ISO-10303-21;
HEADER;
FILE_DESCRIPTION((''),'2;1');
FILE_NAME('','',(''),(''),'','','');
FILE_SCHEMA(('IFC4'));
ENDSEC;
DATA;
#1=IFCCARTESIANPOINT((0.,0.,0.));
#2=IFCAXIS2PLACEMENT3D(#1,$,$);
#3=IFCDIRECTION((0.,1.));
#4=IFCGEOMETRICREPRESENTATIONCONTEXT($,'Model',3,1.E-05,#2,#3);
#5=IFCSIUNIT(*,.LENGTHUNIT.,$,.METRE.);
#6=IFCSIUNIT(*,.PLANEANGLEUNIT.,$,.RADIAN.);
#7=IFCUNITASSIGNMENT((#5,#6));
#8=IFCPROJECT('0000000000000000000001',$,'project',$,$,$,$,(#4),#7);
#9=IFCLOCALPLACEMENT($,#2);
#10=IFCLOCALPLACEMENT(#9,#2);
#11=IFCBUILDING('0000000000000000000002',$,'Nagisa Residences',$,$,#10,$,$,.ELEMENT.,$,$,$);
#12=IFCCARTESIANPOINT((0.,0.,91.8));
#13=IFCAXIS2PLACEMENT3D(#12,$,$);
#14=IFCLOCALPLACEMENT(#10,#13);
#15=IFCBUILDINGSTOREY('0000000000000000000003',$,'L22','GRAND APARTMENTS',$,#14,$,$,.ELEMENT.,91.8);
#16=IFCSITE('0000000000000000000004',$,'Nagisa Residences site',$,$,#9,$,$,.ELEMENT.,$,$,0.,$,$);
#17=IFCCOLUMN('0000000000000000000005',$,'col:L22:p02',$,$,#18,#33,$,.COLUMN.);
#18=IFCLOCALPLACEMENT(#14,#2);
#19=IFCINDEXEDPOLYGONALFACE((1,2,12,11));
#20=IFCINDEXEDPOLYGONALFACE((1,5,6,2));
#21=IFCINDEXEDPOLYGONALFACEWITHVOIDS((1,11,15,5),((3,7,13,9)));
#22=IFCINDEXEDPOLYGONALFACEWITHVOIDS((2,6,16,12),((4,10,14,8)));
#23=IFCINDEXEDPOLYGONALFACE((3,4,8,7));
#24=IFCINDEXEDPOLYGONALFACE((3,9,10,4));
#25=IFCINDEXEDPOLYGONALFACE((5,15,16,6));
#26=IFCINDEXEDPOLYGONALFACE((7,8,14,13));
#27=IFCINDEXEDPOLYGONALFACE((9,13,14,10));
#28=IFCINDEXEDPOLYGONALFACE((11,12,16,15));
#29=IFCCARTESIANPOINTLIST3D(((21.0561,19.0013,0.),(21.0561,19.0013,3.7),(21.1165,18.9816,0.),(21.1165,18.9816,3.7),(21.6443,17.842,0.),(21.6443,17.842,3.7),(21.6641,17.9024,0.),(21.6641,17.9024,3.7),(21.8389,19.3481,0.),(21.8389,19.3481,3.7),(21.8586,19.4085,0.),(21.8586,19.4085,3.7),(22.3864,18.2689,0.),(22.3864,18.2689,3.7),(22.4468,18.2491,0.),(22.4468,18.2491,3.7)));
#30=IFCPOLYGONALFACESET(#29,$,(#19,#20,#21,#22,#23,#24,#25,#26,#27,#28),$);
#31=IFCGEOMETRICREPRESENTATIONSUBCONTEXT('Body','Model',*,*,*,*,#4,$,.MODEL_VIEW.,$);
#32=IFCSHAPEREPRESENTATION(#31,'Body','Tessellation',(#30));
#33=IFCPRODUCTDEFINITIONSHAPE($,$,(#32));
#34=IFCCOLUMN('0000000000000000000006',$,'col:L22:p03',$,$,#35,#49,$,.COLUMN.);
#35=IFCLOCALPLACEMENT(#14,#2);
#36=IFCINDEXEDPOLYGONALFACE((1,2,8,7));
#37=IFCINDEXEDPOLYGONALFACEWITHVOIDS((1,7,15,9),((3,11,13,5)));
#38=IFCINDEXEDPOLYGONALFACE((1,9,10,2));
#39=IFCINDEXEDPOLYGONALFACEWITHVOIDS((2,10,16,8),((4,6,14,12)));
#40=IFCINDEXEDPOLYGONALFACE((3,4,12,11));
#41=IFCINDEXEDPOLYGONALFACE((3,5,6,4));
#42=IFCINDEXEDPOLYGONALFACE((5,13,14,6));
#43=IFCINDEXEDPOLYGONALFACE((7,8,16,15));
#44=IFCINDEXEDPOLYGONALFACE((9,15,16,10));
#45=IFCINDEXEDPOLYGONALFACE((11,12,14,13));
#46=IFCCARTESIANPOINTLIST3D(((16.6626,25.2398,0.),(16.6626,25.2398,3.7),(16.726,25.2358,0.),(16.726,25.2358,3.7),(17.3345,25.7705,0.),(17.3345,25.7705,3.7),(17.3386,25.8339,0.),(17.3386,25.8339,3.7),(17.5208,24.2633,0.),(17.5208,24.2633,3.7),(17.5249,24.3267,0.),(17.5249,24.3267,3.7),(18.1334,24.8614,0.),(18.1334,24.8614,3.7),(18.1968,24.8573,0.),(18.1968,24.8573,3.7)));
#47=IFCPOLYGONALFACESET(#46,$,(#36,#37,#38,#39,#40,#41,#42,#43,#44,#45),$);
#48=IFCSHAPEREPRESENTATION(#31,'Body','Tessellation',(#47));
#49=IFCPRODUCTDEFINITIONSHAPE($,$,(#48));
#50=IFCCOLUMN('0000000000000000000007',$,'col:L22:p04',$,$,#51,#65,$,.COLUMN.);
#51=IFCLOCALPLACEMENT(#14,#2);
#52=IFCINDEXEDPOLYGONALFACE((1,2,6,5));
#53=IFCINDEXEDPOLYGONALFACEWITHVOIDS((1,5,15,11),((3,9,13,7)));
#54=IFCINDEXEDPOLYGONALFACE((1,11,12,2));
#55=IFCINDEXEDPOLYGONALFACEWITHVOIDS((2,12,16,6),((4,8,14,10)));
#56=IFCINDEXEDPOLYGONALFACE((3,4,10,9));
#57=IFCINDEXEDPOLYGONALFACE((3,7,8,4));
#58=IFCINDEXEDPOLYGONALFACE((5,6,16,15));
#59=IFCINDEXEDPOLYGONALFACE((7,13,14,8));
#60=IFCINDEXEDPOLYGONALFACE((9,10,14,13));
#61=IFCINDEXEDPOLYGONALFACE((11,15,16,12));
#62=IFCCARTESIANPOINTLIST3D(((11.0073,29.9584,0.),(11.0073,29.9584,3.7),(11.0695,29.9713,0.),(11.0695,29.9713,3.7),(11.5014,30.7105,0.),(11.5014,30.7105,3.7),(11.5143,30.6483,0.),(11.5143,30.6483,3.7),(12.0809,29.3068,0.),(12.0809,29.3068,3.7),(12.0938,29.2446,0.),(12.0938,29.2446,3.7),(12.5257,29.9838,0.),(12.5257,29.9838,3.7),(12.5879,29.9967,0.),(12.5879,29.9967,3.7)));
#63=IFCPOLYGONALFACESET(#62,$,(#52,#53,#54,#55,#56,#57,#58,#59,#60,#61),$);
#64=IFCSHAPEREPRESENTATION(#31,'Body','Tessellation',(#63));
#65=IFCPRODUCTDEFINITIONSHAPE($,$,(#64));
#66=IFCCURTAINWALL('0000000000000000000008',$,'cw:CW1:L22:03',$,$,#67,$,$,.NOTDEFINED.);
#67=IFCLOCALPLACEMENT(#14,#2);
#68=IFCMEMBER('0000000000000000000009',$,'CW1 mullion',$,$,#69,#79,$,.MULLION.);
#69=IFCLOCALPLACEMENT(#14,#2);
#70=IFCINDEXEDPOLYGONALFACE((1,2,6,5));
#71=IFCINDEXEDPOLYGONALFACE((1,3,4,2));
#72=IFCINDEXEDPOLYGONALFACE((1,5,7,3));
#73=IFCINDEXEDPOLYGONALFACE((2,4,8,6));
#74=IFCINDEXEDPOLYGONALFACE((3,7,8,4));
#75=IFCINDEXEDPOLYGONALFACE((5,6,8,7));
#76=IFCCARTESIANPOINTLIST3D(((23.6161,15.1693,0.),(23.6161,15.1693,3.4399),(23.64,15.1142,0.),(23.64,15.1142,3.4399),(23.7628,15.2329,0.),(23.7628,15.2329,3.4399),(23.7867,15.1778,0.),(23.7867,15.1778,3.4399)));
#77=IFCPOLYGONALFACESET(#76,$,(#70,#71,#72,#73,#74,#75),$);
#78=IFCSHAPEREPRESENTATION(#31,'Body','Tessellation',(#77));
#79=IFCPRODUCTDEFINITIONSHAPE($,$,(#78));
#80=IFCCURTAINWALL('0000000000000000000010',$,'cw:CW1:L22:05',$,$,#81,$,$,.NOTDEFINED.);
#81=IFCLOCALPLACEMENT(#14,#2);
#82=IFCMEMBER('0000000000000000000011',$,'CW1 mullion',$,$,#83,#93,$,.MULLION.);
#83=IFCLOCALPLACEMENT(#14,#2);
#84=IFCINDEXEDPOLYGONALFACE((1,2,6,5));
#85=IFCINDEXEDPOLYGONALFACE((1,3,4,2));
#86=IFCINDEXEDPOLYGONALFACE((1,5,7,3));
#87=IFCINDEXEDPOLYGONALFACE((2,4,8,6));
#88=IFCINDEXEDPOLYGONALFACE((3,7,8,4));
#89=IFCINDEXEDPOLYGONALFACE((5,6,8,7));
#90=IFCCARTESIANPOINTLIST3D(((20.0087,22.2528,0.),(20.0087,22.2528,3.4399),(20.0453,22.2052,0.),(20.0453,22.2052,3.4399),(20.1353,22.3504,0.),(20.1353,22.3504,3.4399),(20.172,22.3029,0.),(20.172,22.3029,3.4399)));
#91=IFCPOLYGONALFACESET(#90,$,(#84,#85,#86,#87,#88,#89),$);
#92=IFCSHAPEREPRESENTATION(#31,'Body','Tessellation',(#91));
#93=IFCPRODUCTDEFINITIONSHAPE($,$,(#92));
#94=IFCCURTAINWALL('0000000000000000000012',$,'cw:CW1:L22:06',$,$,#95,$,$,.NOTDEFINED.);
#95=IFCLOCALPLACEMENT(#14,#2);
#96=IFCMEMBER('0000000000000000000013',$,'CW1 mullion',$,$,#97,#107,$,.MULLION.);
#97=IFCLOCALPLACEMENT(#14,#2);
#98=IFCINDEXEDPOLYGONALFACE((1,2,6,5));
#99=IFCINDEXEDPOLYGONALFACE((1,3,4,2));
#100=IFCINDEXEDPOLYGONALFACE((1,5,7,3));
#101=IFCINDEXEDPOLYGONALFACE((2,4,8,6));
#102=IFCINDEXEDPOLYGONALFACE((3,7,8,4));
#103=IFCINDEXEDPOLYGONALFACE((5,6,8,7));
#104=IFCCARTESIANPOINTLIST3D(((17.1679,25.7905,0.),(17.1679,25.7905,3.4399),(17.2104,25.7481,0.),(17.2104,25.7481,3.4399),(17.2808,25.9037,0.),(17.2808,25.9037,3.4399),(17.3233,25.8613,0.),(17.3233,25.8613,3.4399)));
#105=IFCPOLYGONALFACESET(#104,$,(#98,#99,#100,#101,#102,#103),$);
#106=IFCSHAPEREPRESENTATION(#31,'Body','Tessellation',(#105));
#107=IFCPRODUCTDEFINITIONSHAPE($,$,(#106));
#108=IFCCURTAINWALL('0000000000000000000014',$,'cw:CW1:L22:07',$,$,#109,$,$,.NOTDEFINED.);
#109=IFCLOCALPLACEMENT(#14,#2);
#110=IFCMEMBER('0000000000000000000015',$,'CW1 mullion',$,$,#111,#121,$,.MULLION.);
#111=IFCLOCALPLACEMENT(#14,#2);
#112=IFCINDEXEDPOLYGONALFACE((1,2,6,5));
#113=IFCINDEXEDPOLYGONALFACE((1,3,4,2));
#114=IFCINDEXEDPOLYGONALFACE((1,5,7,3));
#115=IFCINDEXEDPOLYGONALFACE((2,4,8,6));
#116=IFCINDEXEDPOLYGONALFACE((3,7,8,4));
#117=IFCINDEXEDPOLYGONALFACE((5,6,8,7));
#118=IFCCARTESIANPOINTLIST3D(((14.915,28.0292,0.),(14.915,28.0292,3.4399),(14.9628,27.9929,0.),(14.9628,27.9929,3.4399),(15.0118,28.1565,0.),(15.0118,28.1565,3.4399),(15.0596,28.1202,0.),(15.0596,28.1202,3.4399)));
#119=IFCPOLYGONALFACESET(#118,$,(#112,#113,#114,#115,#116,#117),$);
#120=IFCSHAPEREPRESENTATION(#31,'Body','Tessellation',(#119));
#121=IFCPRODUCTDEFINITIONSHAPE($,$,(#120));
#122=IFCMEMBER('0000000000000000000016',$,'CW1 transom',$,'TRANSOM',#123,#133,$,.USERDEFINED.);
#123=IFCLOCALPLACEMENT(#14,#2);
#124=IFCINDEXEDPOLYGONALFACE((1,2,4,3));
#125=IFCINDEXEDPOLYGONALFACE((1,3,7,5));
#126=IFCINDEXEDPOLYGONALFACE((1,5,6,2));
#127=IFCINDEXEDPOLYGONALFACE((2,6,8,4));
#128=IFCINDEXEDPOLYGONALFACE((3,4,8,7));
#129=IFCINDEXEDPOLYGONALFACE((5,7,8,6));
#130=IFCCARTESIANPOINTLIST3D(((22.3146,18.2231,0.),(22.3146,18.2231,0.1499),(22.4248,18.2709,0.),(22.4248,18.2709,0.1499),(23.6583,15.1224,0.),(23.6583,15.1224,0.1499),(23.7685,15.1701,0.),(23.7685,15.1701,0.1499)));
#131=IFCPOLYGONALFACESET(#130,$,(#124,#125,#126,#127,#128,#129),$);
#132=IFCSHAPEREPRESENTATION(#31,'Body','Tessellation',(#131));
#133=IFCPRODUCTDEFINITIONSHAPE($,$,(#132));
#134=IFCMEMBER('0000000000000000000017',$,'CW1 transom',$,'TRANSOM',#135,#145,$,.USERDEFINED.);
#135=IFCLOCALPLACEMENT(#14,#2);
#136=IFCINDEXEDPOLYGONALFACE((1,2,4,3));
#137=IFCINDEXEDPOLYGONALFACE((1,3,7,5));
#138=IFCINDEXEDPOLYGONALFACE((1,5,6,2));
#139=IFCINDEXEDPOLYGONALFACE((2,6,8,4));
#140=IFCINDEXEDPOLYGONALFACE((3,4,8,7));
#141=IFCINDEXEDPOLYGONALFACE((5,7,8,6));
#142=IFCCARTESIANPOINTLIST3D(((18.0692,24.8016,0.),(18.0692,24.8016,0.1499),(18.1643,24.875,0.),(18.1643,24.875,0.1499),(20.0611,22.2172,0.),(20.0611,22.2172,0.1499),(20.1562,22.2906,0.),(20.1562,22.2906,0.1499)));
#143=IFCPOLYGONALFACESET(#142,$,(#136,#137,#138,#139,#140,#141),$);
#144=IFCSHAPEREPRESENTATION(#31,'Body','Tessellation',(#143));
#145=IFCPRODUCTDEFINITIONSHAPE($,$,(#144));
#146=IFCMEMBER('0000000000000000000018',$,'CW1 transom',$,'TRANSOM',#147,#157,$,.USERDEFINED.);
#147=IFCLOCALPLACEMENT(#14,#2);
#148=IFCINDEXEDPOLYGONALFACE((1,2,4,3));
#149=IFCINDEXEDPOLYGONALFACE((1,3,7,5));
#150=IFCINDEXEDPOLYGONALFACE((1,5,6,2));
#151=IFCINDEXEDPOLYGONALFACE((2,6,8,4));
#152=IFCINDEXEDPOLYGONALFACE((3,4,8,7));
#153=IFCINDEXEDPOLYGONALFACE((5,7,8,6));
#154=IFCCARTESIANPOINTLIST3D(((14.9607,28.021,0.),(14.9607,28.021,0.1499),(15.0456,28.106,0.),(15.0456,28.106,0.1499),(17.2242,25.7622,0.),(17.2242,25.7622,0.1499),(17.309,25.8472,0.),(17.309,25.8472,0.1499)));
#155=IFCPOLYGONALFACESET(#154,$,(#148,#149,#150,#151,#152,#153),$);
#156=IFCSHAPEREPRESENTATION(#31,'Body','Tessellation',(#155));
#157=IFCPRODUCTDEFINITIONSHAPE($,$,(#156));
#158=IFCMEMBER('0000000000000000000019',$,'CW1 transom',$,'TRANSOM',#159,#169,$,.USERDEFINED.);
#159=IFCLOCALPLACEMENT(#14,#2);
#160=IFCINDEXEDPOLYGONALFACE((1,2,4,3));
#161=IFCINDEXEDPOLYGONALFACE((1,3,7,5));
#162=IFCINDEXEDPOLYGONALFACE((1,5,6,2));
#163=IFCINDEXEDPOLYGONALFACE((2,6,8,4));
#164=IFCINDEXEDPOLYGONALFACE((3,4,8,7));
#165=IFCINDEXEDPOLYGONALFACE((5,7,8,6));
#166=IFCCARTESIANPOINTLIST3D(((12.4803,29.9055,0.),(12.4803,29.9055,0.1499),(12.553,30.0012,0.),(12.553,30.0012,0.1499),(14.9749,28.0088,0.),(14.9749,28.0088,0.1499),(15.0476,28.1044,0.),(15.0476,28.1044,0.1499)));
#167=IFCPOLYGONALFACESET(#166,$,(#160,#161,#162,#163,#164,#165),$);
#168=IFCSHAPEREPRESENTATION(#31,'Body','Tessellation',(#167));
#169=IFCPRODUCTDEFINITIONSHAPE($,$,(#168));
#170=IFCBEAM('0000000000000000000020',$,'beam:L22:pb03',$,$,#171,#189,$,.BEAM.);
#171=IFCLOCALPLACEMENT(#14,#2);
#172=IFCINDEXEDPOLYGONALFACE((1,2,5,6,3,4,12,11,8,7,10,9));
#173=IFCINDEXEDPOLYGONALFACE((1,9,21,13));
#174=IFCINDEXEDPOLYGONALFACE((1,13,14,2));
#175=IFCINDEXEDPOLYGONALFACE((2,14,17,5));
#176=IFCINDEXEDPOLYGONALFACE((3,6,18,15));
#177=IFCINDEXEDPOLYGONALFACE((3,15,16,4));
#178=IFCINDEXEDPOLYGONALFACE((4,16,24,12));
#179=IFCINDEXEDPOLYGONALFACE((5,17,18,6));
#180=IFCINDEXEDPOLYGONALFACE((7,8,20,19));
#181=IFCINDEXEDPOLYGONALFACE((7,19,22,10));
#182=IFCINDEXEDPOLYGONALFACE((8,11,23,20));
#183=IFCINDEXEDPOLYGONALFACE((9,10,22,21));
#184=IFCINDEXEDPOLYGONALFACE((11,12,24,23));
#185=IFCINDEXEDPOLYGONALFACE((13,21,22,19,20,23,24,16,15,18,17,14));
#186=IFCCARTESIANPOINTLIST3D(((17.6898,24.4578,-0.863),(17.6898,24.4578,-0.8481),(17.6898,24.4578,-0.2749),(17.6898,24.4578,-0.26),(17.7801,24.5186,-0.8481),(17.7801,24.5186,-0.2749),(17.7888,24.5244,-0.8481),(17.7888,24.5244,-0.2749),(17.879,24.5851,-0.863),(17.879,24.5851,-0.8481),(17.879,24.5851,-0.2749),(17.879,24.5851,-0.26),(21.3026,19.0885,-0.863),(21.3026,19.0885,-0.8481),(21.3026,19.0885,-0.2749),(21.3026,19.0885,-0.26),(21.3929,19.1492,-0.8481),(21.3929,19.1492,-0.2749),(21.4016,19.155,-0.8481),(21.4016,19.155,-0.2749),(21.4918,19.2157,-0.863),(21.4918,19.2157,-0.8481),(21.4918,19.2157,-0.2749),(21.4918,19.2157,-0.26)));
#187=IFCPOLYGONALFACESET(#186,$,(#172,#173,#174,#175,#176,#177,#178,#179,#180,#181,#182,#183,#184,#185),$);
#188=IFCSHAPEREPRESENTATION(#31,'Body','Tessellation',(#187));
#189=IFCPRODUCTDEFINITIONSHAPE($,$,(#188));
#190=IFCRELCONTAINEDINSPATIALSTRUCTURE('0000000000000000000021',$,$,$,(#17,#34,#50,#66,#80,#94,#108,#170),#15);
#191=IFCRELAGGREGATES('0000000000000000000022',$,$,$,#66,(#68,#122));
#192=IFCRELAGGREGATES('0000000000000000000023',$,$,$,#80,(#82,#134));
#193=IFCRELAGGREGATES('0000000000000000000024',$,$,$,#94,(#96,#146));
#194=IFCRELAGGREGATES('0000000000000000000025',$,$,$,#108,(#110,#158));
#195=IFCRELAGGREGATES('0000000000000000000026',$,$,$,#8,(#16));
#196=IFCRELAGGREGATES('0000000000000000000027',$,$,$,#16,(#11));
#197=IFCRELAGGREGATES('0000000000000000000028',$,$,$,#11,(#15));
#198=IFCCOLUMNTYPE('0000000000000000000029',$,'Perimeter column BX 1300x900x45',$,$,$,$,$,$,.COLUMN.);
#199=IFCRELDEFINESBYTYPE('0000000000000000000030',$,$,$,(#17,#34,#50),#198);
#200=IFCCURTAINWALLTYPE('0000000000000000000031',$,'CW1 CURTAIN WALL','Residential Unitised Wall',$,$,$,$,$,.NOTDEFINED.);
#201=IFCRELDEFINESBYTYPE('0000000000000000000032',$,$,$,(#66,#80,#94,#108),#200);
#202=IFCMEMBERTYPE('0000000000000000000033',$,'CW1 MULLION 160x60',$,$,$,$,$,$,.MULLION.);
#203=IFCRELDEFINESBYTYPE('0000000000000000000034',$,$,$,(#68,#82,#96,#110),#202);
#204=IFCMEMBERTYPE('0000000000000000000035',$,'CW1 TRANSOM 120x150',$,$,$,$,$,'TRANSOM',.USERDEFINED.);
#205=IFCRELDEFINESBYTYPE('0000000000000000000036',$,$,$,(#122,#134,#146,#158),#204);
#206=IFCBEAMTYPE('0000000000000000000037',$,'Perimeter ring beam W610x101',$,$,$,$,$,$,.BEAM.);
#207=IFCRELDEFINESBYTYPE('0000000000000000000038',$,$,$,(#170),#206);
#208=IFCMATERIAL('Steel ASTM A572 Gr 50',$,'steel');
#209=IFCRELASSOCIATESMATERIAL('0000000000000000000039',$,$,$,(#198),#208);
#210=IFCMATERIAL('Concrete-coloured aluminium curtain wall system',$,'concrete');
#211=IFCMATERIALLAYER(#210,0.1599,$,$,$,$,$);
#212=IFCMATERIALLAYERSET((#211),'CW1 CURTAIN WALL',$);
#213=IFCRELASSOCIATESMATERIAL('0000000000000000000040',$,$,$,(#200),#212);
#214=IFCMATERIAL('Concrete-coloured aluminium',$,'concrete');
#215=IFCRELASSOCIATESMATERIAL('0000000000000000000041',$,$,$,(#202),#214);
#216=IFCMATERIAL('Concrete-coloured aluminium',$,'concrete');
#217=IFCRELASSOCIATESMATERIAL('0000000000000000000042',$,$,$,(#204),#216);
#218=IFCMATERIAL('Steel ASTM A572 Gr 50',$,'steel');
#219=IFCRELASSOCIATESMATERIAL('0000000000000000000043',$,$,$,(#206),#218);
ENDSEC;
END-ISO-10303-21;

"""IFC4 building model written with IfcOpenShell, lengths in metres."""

from ifc_helpers import new_model, si_unit, direction, frame, origin, origin_2d, place, context, subcontext, project, spatial, rectangle, hollow_rectangle, i_section, extrude, material, layer, layer_set, material_profile, profile_set, type_object, element, aggregate, save


model = new_model("IFC4")

# Units and contexts
model_context = context("Model", 3, precision=1e-05, world=origin(), true_north=direction((0.0, 1.0)))
body_context = subcontext(model_context, "Body", "Model", "MODEL_VIEW")
ifc_project = project(units=[si_unit("LENGTHUNIT", "METRE"), si_unit("PLANEANGLEUNIT", "RADIAN")], contexts=[model_context])

# Site, building, storey
site_placement = place(None, origin())
site = spatial("IfcSite", under=ifc_project, at=site_placement, Name="Nagisa Residences site", CompositionType="ELEMENT", RefElevation=0.0)
building_placement = place(site_placement, origin())
building = spatial("IfcBuilding", under=site, at=building_placement, Name="Nagisa Residences", CompositionType="ELEMENT")
storey_placement = place(building_placement, frame((0.0, 0.0, 91.8)))
storey = spatial("IfcBuildingStorey", under=building, at=storey_placement, Name="L22", Description="GRAND APARTMENTS", CompositionType="ELEMENT", Elevation=91.8)

# Columns
ifc_material_1 = material(Name="Steel ASTM A572 Gr 50", Category="steel")
ifc_material_profile_1 = material_profile(ifc_material_1, hollow_rectangle(XDim=1.3, YDim=0.8999, WallThickness=0.0449, at=origin_2d()), Name="BX 1300x900x45")
ifc_profile_set_1 = profile_set([ifc_material_profile_1], Name="Steel ASTM A572 Gr 50")
column_type = type_object("IfcColumnType", Name="Perimeter column BX 1300x900x45", PredefinedType="COLUMN", material=ifc_profile_set_1)
for number, where, z_axis, x_axis, name in (
    (1, (21.7515, 18.6252, 0.0), (0.0, 0.0, 1.0), (-0.452463, 0.891783, 0.0), "col:L22:p02"),
    (2, (17.4297, 25.0486, 0.0), (0.0, 0.0, 1.0), (-0.660115, 0.751165, 0.0), "col:L22:p03"),
    (3, (11.7976, 29.9775, 0.0), (0.0, 0.0, 1.0), (-0.835766, 0.549086, 0.0), "col:L22:p04"),
):
    element("IfcColumn", number, at=place(storey_placement, frame(where, z_axis=z_axis, x_axis=x_axis)), inside=storey, type_object=column_type, Name=name, PredefinedType="COLUMN", context=body_context, shape_type="SweptSolid", body=[
        extrude(hollow_rectangle(XDim=1.3, YDim=0.8999, WallThickness=0.0449, at=origin_2d()), origin(), (0.0, 0.0, 1.0), 3.7),
    ])

# Curtain walls, members
ifc_material_2 = material(Name="Concrete-coloured aluminium curtain wall system", Category="concrete")
ifc_layer_1 = layer(ifc_material_2, 0.1599)
ifc_layer_set_1 = layer_set([ifc_layer_1], Name="CW1 CURTAIN WALL")
curtain_wall_type = type_object("IfcCurtainWallType", Name="CW1 CURTAIN WALL", Description="Residential Unitised Wall", PredefinedType="NOTDEFINED", material=ifc_layer_set_1)
curtain_wall_1_placement = place(storey_placement, origin())
curtain_wall_1 = element("IfcCurtainWall", 4, at=curtain_wall_1_placement, inside=storey, type_object=curtain_wall_type, Name="cw:CW1:L22:03", PredefinedType="NOTDEFINED")
ifc_material_3 = material(Name="Concrete-coloured aluminium", Category="concrete")
ifc_material_profile_2 = material_profile(ifc_material_3, rectangle(XDim=0.1599, YDim=0.0601, at=origin_2d()), Name="CW1 MULLION 160x60")
ifc_profile_set_2 = profile_set([ifc_material_profile_2], Name="Concrete-coloured aluminium")
member_type_1 = type_object("IfcMemberType", Name="CW1 MULLION 160x60", PredefinedType="MULLION", material=ifc_profile_set_2)
member_1_placement = place(storey_placement, frame((23.7014, 15.1736, 0.0), z_axis=(0.0, 0.0, 1.0), x_axis=(-0.917543, -0.397636, 0.0)))
member_1 = element("IfcMember", 5, at=member_1_placement, type_object=member_type_1, Name="CW1 mullion", PredefinedType="MULLION", context=body_context, shape_type="SweptSolid", body=[
    extrude(rectangle(XDim=0.1599, YDim=0.0601, at=origin_2d()), origin(), (0.0, 0.0, 1.0), 3.4399),
])
curtain_wall_2_placement = place(storey_placement, origin())
curtain_wall_2 = element("IfcCurtainWall", 6, at=curtain_wall_2_placement, inside=storey, type_object=curtain_wall_type, Name="cw:CW1:L22:05", PredefinedType="NOTDEFINED")
member_2_placement = place(storey_placement, frame((20.0903, 22.2778, 0.0), z_axis=(0.0, 0.0, 1.0), x_axis=(-0.79207, -0.61043, 0.0)))
member_2 = element("IfcMember", 7, at=member_2_placement, type_object=member_type_1, Name="CW1 mullion", PredefinedType="MULLION", context=body_context, shape_type="SweptSolid", body=[
    extrude(rectangle(XDim=0.1599, YDim=0.0601, at=origin_2d()), origin(), (0.0, 0.0, 1.0), 3.4399),
])
curtain_wall_3_placement = place(storey_placement, origin())
curtain_wall_3 = element("IfcCurtainWall", 8, at=curtain_wall_3_placement, inside=storey, type_object=curtain_wall_type, Name="cw:CW1:L22:06", PredefinedType="NOTDEFINED")
member_3_placement = place(storey_placement, frame((17.2456, 25.8259, 0.0), z_axis=(0.0, 0.0, 1.0), x_axis=(-0.706377, -0.707836, 0.0)))
member_3 = element("IfcMember", 9, at=member_3_placement, type_object=member_type_1, Name="CW1 mullion", PredefinedType="MULLION", context=body_context, shape_type="SweptSolid", body=[
    extrude(rectangle(XDim=0.1599, YDim=0.0601, at=origin_2d()), origin(), (0.0, 0.0, 1.0), 3.4399),
])
curtain_wall_4_placement = place(storey_placement, origin())
curtain_wall_4 = element("IfcCurtainWall", 10, at=curtain_wall_4_placement, inside=storey, type_object=curtain_wall_type, Name="cw:CW1:L22:07", PredefinedType="NOTDEFINED")
member_4_placement = place(storey_placement, frame((14.9873, 28.0747, 0.0), z_axis=(0.0, 0.0, 1.0), x_axis=(-0.605255, -0.796031, 0.0)))
member_4 = element("IfcMember", 11, at=member_4_placement, type_object=member_type_1, Name="CW1 mullion", PredefinedType="MULLION", context=body_context, shape_type="SweptSolid", body=[
    extrude(rectangle(XDim=0.1599, YDim=0.0601, at=origin_2d()), origin(), (0.0, 0.0, 1.0), 3.4399),
])

# Members
ifc_material_4 = material(Name="Concrete-coloured aluminium", Category="concrete")
ifc_material_profile_3 = material_profile(ifc_material_4, rectangle(XDim=0.1201, YDim=0.1499, at=origin_2d()), Name="CW1 TRANSOM 120x150")
ifc_profile_set_3 = profile_set([ifc_material_profile_3], Name="Concrete-coloured aluminium")
member_type_2 = type_object("IfcMemberType", Name="CW1 TRANSOM 120x150", ElementType="TRANSOM", PredefinedType="USERDEFINED", material=ifc_profile_set_3)
member_5_placement = place(storey_placement, frame((23.7134, 15.1462, 0.075), z_axis=(-0.397622, 0.917549, 0.0), x_axis=(-0.917549, -0.397622, 0.0)))
member_5 = element("IfcMember", 12, at=member_5_placement, type_object=member_type_2, Name="CW1 transom", ObjectType="TRANSOM", PredefinedType="USERDEFINED", context=body_context, shape_type="SweptSolid", body=[
    extrude(rectangle(XDim=0.1201, YDim=0.1499, at=origin_2d()), origin(), (0.0, 0.0, 1.0), 3.3794),
])
member_6_placement = place(storey_placement, frame((20.1086, 22.2539, 0.075), z_axis=(-0.610459, 0.792048, 0.0), x_axis=(-0.792048, -0.610459, 0.0)))
member_6 = element("IfcMember", 13, at=member_6_placement, type_object=member_type_2, Name="CW1 transom", ObjectType="TRANSOM", PredefinedType="USERDEFINED", context=body_context, shape_type="SweptSolid", body=[
    extrude(rectangle(XDim=0.1201, YDim=0.1499, at=origin_2d()), origin(), (0.0, 0.0, 1.0), 3.2629),
])
member_7_placement = place(storey_placement, frame((17.2666, 25.8047, 0.075), z_axis=(-0.707832, 0.706381, 0.0), x_axis=(-0.706381, -0.707832, 0.0)))
member_7 = element("IfcMember", 14, at=member_7_placement, type_object=member_type_2, Name="CW1 transom", ObjectType="TRANSOM", PredefinedType="USERDEFINED", context=body_context, shape_type="SweptSolid", body=[
    extrude(rectangle(XDim=0.1201, YDim=0.1499, at=origin_2d()), origin(), (0.0, 0.0, 1.0), 3.1978),
])
member_8_placement = place(storey_placement, frame((15.0112, 28.0566, 0.075), z_axis=(-0.796038, 0.605247, 0.0), x_axis=(-0.605247, -0.796038, 0.0)))
member_8 = element("IfcMember", 15, at=member_8_placement, type_object=member_type_2, Name="CW1 transom", ObjectType="TRANSOM", PredefinedType="USERDEFINED", context=body_context, shape_type="SweptSolid", body=[
    extrude(rectangle(XDim=0.1201, YDim=0.1499, at=origin_2d()), origin(), (0.0, 0.0, 1.0), 3.1338),
])

# Beam
ifc_material_5 = material(Name="Steel ASTM A572 Gr 50", Category="steel")
ifc_material_profile_4 = material_profile(ifc_material_5, i_section(OverallWidth=0.228, OverallDepth=0.603, WebThickness=0.0105, FlangeThickness=0.0149, at=origin_2d()), Name="W610x101")
ifc_profile_set_4 = profile_set([ifc_material_profile_4], Name="Steel ASTM A572 Gr 50")
beam_type_1 = type_object("IfcBeamType", Name="Perimeter ring beam W610x101", PredefinedType="BEAM", material=ifc_profile_set_4)
beam_1_placement = place(storey_placement, frame((21.3972, 19.1521, -0.5615), z_axis=(-0.558247, 0.829675, 0.0), x_axis=(-0.829675, -0.558247, 0.0)))
element("IfcBeam", 16, at=beam_1_placement, inside=storey, type_object=beam_type_1, Name="beam:L22:pb03", PredefinedType="BEAM", context=body_context, shape_type="SweptSolid", body=[
    extrude(i_section(OverallWidth=0.228, OverallDepth=0.603, WebThickness=0.0105, FlangeThickness=0.0149, at=origin_2d()), origin(), (0.0, 0.0, 1.0), 6.4717),
])

aggregate(curtain_wall_1, [member_1, member_5])
aggregate(curtain_wall_2, [member_2, member_6])
aggregate(curtain_wall_3, [member_3, member_7])
aggregate(curtain_wall_4, [member_4, member_8])

save(model, "model.ifc")
